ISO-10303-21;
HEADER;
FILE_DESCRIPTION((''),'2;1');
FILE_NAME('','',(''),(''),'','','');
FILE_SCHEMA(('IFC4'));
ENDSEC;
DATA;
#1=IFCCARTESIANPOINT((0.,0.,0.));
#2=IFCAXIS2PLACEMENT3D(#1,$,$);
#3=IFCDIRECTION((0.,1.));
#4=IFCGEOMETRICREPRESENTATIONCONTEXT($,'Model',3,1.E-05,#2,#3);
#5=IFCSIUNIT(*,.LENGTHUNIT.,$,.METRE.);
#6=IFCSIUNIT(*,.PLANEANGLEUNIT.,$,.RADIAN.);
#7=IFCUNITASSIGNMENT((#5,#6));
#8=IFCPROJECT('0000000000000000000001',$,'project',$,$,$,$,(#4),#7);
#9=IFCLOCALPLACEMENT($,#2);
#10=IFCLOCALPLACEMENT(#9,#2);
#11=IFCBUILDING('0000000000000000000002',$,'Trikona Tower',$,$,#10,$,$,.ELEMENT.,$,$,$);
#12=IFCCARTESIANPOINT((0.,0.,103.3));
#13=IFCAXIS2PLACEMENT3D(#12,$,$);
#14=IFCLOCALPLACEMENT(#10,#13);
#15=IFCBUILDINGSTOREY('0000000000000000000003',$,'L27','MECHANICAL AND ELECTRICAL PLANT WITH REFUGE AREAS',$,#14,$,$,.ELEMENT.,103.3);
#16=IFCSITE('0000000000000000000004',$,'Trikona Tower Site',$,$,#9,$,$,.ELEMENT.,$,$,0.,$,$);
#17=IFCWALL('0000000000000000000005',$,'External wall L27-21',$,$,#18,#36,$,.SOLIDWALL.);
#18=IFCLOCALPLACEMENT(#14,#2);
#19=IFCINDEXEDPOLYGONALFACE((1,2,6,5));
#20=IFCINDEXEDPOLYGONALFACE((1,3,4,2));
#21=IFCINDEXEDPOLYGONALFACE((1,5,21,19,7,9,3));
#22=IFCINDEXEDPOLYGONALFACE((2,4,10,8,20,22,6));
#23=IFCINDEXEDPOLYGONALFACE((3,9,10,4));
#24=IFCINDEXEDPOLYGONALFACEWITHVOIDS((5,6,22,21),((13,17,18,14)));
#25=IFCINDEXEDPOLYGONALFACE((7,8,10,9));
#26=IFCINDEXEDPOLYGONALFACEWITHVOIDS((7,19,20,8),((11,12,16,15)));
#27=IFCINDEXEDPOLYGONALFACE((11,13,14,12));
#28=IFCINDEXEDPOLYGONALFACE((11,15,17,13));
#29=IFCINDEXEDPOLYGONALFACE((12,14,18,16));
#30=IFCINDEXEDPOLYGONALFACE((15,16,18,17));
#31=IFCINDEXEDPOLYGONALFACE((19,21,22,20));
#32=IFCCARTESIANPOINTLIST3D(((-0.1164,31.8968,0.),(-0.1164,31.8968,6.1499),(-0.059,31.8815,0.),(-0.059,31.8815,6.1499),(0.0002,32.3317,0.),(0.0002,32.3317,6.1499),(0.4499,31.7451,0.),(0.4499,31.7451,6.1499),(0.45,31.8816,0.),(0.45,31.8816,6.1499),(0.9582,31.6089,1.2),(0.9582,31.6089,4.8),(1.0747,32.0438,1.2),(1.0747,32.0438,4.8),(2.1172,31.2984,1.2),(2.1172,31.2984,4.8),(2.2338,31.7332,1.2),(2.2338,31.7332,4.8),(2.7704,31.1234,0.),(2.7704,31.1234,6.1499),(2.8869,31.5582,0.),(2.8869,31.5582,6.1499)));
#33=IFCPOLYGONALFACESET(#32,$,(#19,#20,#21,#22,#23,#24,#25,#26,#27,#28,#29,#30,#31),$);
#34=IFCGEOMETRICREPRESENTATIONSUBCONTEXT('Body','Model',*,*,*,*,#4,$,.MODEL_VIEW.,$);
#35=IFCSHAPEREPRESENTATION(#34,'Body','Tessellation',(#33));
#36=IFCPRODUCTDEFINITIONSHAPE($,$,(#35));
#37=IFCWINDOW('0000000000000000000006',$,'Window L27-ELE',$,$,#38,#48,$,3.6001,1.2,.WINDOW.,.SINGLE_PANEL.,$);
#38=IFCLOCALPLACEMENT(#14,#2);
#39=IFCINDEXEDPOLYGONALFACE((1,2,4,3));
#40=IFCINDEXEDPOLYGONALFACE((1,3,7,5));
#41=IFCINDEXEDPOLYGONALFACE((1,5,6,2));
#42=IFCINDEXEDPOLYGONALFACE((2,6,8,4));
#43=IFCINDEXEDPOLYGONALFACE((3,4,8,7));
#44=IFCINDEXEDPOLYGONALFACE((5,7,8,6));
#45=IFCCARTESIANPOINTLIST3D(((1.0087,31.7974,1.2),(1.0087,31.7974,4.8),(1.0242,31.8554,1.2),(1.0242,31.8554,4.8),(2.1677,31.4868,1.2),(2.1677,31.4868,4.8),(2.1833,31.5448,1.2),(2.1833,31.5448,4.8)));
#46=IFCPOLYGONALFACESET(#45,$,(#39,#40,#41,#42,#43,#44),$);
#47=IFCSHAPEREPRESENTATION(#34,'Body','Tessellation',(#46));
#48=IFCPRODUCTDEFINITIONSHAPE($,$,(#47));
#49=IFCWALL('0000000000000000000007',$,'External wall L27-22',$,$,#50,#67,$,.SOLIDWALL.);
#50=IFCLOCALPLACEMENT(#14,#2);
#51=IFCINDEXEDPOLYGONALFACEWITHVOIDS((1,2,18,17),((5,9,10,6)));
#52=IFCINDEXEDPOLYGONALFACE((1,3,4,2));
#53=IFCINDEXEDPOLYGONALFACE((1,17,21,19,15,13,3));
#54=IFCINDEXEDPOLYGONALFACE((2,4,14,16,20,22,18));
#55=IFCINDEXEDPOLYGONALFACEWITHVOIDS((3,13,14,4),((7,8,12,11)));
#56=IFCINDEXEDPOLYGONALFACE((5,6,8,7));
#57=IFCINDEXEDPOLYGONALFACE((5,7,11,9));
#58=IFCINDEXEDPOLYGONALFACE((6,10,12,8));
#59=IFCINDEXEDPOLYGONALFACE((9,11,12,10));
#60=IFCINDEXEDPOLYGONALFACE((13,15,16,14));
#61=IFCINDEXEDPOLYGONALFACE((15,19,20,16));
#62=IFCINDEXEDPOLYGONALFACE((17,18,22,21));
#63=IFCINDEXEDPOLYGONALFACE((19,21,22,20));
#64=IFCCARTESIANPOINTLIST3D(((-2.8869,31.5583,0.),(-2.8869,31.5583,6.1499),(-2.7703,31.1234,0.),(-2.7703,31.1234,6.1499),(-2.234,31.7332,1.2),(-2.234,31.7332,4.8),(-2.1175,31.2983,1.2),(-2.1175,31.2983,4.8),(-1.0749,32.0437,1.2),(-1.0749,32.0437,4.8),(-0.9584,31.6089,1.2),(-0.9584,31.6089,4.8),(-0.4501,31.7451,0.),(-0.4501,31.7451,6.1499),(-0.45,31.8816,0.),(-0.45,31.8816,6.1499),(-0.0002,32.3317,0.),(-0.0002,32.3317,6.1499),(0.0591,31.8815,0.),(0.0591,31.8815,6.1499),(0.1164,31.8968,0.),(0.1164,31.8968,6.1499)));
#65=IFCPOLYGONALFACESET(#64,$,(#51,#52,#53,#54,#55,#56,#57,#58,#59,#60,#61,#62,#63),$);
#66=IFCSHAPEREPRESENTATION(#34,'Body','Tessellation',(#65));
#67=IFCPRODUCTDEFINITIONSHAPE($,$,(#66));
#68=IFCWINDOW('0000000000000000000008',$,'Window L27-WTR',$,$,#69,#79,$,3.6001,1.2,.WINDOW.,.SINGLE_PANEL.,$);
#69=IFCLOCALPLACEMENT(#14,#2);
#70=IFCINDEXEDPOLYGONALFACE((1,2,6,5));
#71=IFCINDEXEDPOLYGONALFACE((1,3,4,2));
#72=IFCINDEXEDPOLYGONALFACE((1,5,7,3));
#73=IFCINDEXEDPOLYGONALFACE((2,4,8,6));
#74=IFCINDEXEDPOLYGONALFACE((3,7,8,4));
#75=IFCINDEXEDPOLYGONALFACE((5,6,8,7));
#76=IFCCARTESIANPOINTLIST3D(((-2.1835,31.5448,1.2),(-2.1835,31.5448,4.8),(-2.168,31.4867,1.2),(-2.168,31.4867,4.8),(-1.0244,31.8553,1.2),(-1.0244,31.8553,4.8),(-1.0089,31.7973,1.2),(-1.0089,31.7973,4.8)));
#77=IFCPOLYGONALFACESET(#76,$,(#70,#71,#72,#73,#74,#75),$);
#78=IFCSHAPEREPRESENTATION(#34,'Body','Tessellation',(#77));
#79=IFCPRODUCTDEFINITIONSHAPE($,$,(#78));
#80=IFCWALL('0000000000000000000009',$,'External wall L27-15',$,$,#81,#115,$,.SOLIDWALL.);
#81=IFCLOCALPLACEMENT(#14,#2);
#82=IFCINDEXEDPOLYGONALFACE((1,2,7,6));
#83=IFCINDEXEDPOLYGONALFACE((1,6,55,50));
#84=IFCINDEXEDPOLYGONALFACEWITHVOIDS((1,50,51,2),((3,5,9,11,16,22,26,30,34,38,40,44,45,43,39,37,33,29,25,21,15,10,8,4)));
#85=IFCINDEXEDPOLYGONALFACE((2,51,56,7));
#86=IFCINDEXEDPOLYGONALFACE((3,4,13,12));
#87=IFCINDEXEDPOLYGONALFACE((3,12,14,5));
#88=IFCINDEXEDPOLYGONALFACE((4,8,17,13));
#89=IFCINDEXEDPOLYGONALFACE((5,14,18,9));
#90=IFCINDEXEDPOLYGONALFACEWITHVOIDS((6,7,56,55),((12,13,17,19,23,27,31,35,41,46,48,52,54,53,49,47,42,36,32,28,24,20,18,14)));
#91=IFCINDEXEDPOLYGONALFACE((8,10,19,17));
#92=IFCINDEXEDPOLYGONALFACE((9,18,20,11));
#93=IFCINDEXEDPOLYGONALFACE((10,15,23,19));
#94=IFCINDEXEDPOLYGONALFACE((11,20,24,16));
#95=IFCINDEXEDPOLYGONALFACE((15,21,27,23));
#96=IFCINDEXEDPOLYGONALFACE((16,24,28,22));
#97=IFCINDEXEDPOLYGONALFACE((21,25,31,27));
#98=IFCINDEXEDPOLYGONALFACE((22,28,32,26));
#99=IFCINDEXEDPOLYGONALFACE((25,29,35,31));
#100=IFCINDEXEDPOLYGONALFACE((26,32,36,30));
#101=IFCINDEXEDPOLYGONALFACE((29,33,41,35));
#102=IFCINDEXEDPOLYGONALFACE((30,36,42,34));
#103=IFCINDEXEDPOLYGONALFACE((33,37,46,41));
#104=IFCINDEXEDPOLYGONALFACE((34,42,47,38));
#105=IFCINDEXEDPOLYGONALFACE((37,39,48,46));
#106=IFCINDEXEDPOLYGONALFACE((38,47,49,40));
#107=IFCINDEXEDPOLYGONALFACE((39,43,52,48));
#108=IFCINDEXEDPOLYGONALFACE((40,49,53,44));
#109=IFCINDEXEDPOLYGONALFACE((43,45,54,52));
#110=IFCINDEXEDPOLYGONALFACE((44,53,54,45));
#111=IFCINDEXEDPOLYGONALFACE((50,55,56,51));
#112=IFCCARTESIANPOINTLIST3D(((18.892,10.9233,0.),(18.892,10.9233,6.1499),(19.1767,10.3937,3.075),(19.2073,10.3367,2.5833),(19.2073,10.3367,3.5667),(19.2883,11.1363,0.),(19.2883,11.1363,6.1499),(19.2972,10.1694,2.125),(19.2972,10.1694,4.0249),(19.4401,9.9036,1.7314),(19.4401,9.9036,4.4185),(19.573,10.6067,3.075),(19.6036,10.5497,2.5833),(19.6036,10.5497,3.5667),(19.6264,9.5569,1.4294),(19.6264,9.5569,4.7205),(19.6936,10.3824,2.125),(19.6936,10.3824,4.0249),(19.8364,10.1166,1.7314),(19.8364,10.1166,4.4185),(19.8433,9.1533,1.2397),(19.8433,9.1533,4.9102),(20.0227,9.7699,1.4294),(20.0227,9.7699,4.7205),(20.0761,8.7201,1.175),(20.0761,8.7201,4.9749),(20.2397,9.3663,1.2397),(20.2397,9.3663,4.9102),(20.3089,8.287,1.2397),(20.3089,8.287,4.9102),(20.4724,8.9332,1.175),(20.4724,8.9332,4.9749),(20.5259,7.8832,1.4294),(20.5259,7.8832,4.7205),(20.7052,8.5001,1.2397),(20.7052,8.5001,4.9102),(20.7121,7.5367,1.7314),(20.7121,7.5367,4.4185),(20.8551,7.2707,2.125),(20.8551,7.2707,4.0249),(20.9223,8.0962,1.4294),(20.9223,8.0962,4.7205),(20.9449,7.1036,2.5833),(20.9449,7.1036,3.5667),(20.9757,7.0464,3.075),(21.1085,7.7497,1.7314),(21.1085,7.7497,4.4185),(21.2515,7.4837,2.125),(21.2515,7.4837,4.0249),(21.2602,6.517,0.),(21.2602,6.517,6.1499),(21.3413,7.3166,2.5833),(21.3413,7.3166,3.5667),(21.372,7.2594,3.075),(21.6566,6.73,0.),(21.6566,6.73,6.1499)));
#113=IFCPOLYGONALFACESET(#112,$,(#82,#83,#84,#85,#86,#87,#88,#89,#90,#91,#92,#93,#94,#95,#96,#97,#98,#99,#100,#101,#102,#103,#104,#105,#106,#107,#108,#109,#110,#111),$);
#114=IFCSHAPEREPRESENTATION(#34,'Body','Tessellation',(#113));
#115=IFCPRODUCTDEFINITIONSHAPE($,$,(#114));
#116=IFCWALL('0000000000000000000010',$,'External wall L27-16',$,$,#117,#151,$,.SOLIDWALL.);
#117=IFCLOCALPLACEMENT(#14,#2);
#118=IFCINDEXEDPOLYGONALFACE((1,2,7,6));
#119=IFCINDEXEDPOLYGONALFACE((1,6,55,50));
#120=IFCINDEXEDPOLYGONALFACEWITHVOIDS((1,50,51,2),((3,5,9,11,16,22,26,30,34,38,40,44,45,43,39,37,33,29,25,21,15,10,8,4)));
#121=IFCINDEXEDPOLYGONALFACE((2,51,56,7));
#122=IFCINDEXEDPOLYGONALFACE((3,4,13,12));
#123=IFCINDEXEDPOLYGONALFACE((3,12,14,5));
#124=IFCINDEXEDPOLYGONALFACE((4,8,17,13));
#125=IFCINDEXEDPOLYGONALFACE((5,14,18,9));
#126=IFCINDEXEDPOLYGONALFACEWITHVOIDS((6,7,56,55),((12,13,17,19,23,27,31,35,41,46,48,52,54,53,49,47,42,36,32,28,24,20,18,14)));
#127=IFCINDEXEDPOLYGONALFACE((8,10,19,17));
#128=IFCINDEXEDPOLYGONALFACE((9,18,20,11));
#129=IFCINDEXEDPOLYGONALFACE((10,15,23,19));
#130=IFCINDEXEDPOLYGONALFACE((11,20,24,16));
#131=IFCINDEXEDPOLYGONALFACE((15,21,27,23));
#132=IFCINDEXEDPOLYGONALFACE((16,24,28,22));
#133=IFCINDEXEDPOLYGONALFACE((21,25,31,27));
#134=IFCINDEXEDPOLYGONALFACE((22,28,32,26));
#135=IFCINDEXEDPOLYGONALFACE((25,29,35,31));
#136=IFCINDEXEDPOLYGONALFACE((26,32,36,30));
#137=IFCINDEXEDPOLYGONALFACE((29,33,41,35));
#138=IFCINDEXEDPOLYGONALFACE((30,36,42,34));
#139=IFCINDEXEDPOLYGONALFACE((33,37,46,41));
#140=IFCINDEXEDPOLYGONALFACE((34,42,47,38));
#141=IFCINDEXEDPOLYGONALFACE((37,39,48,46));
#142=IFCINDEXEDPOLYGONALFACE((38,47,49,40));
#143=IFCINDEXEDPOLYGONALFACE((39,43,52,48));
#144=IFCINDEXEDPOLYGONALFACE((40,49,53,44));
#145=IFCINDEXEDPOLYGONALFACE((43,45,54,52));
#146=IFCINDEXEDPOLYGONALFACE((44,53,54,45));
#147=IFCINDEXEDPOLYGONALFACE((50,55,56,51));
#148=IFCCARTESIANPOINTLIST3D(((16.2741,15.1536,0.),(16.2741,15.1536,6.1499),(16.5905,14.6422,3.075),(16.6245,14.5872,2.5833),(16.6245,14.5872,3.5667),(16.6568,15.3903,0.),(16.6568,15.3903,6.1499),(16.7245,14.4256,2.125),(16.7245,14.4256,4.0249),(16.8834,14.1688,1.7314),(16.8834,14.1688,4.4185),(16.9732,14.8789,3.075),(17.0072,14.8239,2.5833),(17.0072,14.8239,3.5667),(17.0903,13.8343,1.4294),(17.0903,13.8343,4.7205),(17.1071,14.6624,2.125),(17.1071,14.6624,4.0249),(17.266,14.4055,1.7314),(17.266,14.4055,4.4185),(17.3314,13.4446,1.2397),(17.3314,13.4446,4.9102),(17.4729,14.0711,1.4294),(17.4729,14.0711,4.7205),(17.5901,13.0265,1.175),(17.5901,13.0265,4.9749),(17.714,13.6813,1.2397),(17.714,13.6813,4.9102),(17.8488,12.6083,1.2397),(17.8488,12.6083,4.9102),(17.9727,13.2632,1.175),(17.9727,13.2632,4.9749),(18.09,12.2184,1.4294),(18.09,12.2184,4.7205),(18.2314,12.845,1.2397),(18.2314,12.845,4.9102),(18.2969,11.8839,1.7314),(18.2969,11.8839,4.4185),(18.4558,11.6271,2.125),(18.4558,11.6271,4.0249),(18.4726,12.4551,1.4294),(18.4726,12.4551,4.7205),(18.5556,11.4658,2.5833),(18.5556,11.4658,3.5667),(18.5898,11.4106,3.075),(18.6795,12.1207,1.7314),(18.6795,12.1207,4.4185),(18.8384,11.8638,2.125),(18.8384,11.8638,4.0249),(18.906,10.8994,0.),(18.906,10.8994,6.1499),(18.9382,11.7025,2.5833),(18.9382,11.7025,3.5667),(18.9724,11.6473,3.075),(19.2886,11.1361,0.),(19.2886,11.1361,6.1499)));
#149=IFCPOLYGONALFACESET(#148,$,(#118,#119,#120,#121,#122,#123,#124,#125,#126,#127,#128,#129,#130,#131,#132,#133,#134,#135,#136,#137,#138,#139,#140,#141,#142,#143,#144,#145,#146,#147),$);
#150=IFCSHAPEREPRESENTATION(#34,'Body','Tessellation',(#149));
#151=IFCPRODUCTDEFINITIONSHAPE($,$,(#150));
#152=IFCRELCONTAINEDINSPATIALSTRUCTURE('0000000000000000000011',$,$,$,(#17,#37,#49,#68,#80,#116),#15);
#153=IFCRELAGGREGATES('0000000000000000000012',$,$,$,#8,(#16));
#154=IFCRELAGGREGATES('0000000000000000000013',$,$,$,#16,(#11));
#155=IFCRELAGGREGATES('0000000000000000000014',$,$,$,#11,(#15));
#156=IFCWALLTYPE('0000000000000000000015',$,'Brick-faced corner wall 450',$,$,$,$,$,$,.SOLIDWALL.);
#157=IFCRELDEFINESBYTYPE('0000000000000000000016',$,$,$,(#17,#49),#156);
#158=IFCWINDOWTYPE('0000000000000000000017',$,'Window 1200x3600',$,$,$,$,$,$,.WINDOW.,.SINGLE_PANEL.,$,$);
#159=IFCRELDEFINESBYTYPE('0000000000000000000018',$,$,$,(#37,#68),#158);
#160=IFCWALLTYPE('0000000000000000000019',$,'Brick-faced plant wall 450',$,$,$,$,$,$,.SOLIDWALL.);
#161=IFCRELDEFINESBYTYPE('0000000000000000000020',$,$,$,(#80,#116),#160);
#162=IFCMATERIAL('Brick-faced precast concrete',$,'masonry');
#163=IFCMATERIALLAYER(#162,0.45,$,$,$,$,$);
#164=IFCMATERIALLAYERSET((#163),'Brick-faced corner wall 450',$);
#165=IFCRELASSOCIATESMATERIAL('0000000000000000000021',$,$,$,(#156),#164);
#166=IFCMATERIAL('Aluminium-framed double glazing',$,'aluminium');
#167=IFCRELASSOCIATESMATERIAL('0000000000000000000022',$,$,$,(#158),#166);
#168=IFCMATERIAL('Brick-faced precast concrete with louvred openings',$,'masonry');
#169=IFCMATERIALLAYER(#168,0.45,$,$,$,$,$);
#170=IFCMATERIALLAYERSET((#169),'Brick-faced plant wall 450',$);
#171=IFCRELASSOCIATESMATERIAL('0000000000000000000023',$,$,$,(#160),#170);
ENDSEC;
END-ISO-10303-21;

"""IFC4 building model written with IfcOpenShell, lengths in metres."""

from ifc_helpers import new_model, si_unit, direction, frame, frame_2d, origin, place, context, subcontext, project, spatial, polyline, rectangle, outline, extrude, material, layer, layer_set, type_object, element, fill, save


model = new_model("IFC4")

# Units and contexts
model_context = context("Model", 3, precision=1e-05, world=origin(), true_north=direction((0.0, 1.0)))
body_context = subcontext(model_context, "Body", "Model", "MODEL_VIEW")
ifc_project = project(units=[si_unit("LENGTHUNIT", "METRE"), si_unit("PLANEANGLEUNIT", "RADIAN")], contexts=[model_context])

# Site, building, storey
site_placement = place(None, origin())
site = spatial("IfcSite", under=ifc_project, at=site_placement, Name="Trikona Tower Site", CompositionType="ELEMENT", RefElevation=0.0)
building_placement = place(site_placement, origin())
building = spatial("IfcBuilding", under=site, at=building_placement, Name="Trikona Tower", CompositionType="ELEMENT")
storey_placement = place(building_placement, frame((0.0, 0.0, 103.3)))
storey = spatial("IfcBuildingStorey", under=building, at=storey_placement, Name="L27", Description="MECHANICAL AND ELECTRICAL PLANT WITH REFUGE AREAS", CompositionType="ELEMENT", Elevation=103.3)

# Walls, openings, windows
ifc_material_1 = material(Name="Brick-faced precast concrete", Category="masonry")
ifc_layer_1 = layer(ifc_material_1, 0.45)
ifc_layer_set_1 = layer_set([ifc_layer_1], Name="Brick-faced corner wall 450")
wall_type_1 = type_object("IfcWallType", Name="Brick-faced corner wall 450", PredefinedType="SOLIDWALL", material=ifc_layer_set_1)
wall_1_placement = place(storey_placement, frame((2.8286, 31.3408, 0.0), z_axis=(0.0, 0.0, 1.0), x_axis=(-0.965931, 0.258801, 0.0)))
wall_1 = element("IfcWall", 1, at=wall_1_placement, inside=storey, type_object=wall_type_1, Name="External wall L27-21", PredefinedType="SOLIDWALL", context=body_context, shape_type="SweptSolid", body=[
    extrude(outline(polyline([(2.9885, 0.2251), (2.9292, 0.2251), (2.4375, 0.0933), (2.4023, 0.2251), (0.0, 0.2251), (0.0, -0.2251), (2.9885, -0.2251), (2.9885, 0.2251)])), origin(), (0.0, 0.0, 1.0), 6.1499),
])
opening_1_placement = place(wall_1_placement, frame((0.676, 0.0, 1.2)))
opening_1 = element("IfcOpeningElement", 2, at=opening_1_placement, cuts=wall_1, PredefinedType="OPENING", context=body_context, shape_type="SweptSolid", body=[
    extrude(rectangle(XDim=1.2, YDim=3.6001, at=frame_2d((0.6001, 1.8))), frame((0.0, 0.2349, 0.0), z_axis=(0.0, -1.0, 0.0), x_axis=(1.0, 0.0, 0.0)), (0.0, 0.0, 1.0), 0.47),
])
ifc_material_2 = material(Name="Aluminium-framed double glazing", Category="aluminium")
window_type_1 = type_object("IfcWindowType", Name="Window 1200x3600", PartitioningType="SINGLE_PANEL", PredefinedType="WINDOW", material=ifc_material_2)
window_1_placement = place(opening_1_placement, origin())
window_1 = element("IfcWindow", 3, at=window_1_placement, inside=storey, type_object=window_type_1, Name="Window L27-ELE", OverallHeight=3.6001, OverallWidth=1.2, PartitioningType="SINGLE_PANEL", PredefinedType="WINDOW", context=body_context, shape_type="SweptSolid", body=[
    extrude(rectangle(XDim=1.2, YDim=3.6001, at=frame_2d((0.6001, 1.8))), frame((0.0, 0.03, 0.0), z_axis=(0.0, -1.0, 0.0), x_axis=(1.0, 0.0, 0.0)), (0.0, 0.0, 1.0), 0.0601),
])
fill(opening_1, window_1)
wall_2_placement = place(storey_placement, frame((0.0581, 32.1143, 0.0), z_axis=(0.0, 0.0, 1.0), x_axis=(-0.965931, -0.258801, 0.0)))
wall_2 = element("IfcWall", 4, at=wall_2_placement, inside=storey, type_object=wall_type_1, Name="External wall L27-22", PredefinedType="SOLIDWALL", context=body_context, shape_type="SweptSolid", body=[
    extrude(outline(polyline([(2.9885, 0.2251), (0.5864, 0.2251), (0.551, 0.0933), (0.0593, 0.2251), (0.0, 0.2251), (0.0, -0.2251), (2.9885, -0.2251), (2.9885, 0.2251)])), origin(), (0.0, 0.0, 1.0), 6.1499),
])
opening_2_placement = place(wall_2_placement, frame((1.1125, 0.0, 1.2)))
opening_2 = element("IfcOpeningElement", 5, at=opening_2_placement, cuts=wall_2, PredefinedType="OPENING", context=body_context, shape_type="SweptSolid", body=[
    extrude(rectangle(XDim=1.2, YDim=3.6001, at=frame_2d((0.6001, 1.8))), frame((0.0, 0.2349, 0.0), z_axis=(0.0, -1.0, 0.0), x_axis=(1.0, 0.0, 0.0)), (0.0, 0.0, 1.0), 0.47),
])
window_2_placement = place(opening_2_placement, origin())
window_2 = element("IfcWindow", 6, at=window_2_placement, inside=storey, type_object=window_type_1, Name="Window L27-WTR", OverallHeight=3.6001, OverallWidth=1.2, PartitioningType="SINGLE_PANEL", PredefinedType="WINDOW", context=body_context, shape_type="SweptSolid", body=[
    extrude(rectangle(XDim=1.2, YDim=3.6001, at=frame_2d((0.6001, 1.8))), frame((0.0, 0.03, 0.0), z_axis=(0.0, -1.0, 0.0), x_axis=(1.0, 0.0, 0.0)), (0.0, 0.0, 1.0), 0.0601),
])
fill(opening_2, window_2)

# Walls
ifc_material_3 = material(Name="Brick-faced precast concrete with louvred openings", Category="masonry")
ifc_layer_2 = layer(ifc_material_3, 0.45)
ifc_layer_set_2 = layer_set([ifc_layer_2], Name="Brick-faced plant wall 450")
wall_type_2 = type_object("IfcWallType", Name="Brick-faced plant wall 450", PredefinedType="SOLIDWALL", material=ifc_layer_set_2)
wall_3_placement = place(storey_placement, frame((21.4585, 6.6235, 0.0), z_axis=(0.0, 0.0, 1.0), x_axis=(-0.473413, 0.880841, 0.0)))
element("IfcWall", 7, at=wall_3_placement, inside=storey, type_object=wall_type_2, Name="External wall L27-15", PredefinedType="SOLIDWALL", context=body_context, shape_type="SweptSolid", body=[
    extrude(outline(polyline([(0.0, 0.0), (5.0024, 0.0), (5.0024, 6.1499), (0.0, 6.1499), (0.0, 0.0)]), holes=[polyline([(4.4011, 3.075), (4.3364, 3.5667), (4.1465, 4.0249), (3.8447, 4.4185), (3.4512, 4.7205), (2.9929, 4.9102), (2.5012, 4.9749), (2.0095, 4.9102), (1.551, 4.7205), (1.1577, 4.4185), (0.8557, 4.0249), (0.666, 3.5667), (0.6011, 3.075), (0.666, 2.5833), (0.8557, 2.125), (1.1577, 1.7314), (1.551, 1.4294), (2.0095, 1.2397), (2.5012, 1.175), (2.9929, 1.2397), (3.4512, 1.4294), (3.8447, 1.7314), (4.1465, 2.125), (4.3364, 2.5833), (4.4011, 3.075)])]), frame((0.0, 0.2251, 0.0), z_axis=(0.0, -1.0, 0.0), x_axis=(1.0, 0.0, 0.0)), (0.0, 0.0, 1.0), 0.45),
])
wall_4_placement = place(storey_placement, frame((19.0974, 11.0178, 0.0), z_axis=(0.0, 0.0, 1.0), x_axis=(-0.526111, 0.850416, 0.0)))
element("IfcWall", 8, at=wall_4_placement, inside=storey, type_object=wall_type_2, Name="External wall L27-16", PredefinedType="SOLIDWALL", context=body_context, shape_type="SweptSolid", body=[
    extrude(outline(polyline([(0.0, 0.0), (5.0024, 0.0), (5.0024, 6.1499), (0.0, 6.1499), (0.0, 0.0)]), holes=[polyline([(4.4011, 3.075), (4.3364, 3.5667), (4.1465, 4.0249), (3.8445, 4.4185), (3.4512, 4.7205), (2.9929, 4.9102), (2.5012, 4.9749), (2.0095, 4.9102), (1.551, 4.7205), (1.1577, 4.4185), (0.8557, 4.0249), (0.666, 3.5667), (0.6011, 3.075), (0.666, 2.5833), (0.8557, 2.125), (1.1577, 1.7314), (1.551, 1.4294), (2.0095, 1.2397), (2.5012, 1.175), (2.9929, 1.2397), (3.4512, 1.4294), (3.8445, 1.7314), (4.1465, 2.125), (4.3364, 2.5833), (4.4011, 3.075)])]), frame((0.0, 0.2251, 0.0), z_axis=(0.0, -1.0, 0.0), x_axis=(1.0, 0.0, 0.0)), (0.0, 0.0, 1.0), 0.45),
])

save(model, "model.ifc")
